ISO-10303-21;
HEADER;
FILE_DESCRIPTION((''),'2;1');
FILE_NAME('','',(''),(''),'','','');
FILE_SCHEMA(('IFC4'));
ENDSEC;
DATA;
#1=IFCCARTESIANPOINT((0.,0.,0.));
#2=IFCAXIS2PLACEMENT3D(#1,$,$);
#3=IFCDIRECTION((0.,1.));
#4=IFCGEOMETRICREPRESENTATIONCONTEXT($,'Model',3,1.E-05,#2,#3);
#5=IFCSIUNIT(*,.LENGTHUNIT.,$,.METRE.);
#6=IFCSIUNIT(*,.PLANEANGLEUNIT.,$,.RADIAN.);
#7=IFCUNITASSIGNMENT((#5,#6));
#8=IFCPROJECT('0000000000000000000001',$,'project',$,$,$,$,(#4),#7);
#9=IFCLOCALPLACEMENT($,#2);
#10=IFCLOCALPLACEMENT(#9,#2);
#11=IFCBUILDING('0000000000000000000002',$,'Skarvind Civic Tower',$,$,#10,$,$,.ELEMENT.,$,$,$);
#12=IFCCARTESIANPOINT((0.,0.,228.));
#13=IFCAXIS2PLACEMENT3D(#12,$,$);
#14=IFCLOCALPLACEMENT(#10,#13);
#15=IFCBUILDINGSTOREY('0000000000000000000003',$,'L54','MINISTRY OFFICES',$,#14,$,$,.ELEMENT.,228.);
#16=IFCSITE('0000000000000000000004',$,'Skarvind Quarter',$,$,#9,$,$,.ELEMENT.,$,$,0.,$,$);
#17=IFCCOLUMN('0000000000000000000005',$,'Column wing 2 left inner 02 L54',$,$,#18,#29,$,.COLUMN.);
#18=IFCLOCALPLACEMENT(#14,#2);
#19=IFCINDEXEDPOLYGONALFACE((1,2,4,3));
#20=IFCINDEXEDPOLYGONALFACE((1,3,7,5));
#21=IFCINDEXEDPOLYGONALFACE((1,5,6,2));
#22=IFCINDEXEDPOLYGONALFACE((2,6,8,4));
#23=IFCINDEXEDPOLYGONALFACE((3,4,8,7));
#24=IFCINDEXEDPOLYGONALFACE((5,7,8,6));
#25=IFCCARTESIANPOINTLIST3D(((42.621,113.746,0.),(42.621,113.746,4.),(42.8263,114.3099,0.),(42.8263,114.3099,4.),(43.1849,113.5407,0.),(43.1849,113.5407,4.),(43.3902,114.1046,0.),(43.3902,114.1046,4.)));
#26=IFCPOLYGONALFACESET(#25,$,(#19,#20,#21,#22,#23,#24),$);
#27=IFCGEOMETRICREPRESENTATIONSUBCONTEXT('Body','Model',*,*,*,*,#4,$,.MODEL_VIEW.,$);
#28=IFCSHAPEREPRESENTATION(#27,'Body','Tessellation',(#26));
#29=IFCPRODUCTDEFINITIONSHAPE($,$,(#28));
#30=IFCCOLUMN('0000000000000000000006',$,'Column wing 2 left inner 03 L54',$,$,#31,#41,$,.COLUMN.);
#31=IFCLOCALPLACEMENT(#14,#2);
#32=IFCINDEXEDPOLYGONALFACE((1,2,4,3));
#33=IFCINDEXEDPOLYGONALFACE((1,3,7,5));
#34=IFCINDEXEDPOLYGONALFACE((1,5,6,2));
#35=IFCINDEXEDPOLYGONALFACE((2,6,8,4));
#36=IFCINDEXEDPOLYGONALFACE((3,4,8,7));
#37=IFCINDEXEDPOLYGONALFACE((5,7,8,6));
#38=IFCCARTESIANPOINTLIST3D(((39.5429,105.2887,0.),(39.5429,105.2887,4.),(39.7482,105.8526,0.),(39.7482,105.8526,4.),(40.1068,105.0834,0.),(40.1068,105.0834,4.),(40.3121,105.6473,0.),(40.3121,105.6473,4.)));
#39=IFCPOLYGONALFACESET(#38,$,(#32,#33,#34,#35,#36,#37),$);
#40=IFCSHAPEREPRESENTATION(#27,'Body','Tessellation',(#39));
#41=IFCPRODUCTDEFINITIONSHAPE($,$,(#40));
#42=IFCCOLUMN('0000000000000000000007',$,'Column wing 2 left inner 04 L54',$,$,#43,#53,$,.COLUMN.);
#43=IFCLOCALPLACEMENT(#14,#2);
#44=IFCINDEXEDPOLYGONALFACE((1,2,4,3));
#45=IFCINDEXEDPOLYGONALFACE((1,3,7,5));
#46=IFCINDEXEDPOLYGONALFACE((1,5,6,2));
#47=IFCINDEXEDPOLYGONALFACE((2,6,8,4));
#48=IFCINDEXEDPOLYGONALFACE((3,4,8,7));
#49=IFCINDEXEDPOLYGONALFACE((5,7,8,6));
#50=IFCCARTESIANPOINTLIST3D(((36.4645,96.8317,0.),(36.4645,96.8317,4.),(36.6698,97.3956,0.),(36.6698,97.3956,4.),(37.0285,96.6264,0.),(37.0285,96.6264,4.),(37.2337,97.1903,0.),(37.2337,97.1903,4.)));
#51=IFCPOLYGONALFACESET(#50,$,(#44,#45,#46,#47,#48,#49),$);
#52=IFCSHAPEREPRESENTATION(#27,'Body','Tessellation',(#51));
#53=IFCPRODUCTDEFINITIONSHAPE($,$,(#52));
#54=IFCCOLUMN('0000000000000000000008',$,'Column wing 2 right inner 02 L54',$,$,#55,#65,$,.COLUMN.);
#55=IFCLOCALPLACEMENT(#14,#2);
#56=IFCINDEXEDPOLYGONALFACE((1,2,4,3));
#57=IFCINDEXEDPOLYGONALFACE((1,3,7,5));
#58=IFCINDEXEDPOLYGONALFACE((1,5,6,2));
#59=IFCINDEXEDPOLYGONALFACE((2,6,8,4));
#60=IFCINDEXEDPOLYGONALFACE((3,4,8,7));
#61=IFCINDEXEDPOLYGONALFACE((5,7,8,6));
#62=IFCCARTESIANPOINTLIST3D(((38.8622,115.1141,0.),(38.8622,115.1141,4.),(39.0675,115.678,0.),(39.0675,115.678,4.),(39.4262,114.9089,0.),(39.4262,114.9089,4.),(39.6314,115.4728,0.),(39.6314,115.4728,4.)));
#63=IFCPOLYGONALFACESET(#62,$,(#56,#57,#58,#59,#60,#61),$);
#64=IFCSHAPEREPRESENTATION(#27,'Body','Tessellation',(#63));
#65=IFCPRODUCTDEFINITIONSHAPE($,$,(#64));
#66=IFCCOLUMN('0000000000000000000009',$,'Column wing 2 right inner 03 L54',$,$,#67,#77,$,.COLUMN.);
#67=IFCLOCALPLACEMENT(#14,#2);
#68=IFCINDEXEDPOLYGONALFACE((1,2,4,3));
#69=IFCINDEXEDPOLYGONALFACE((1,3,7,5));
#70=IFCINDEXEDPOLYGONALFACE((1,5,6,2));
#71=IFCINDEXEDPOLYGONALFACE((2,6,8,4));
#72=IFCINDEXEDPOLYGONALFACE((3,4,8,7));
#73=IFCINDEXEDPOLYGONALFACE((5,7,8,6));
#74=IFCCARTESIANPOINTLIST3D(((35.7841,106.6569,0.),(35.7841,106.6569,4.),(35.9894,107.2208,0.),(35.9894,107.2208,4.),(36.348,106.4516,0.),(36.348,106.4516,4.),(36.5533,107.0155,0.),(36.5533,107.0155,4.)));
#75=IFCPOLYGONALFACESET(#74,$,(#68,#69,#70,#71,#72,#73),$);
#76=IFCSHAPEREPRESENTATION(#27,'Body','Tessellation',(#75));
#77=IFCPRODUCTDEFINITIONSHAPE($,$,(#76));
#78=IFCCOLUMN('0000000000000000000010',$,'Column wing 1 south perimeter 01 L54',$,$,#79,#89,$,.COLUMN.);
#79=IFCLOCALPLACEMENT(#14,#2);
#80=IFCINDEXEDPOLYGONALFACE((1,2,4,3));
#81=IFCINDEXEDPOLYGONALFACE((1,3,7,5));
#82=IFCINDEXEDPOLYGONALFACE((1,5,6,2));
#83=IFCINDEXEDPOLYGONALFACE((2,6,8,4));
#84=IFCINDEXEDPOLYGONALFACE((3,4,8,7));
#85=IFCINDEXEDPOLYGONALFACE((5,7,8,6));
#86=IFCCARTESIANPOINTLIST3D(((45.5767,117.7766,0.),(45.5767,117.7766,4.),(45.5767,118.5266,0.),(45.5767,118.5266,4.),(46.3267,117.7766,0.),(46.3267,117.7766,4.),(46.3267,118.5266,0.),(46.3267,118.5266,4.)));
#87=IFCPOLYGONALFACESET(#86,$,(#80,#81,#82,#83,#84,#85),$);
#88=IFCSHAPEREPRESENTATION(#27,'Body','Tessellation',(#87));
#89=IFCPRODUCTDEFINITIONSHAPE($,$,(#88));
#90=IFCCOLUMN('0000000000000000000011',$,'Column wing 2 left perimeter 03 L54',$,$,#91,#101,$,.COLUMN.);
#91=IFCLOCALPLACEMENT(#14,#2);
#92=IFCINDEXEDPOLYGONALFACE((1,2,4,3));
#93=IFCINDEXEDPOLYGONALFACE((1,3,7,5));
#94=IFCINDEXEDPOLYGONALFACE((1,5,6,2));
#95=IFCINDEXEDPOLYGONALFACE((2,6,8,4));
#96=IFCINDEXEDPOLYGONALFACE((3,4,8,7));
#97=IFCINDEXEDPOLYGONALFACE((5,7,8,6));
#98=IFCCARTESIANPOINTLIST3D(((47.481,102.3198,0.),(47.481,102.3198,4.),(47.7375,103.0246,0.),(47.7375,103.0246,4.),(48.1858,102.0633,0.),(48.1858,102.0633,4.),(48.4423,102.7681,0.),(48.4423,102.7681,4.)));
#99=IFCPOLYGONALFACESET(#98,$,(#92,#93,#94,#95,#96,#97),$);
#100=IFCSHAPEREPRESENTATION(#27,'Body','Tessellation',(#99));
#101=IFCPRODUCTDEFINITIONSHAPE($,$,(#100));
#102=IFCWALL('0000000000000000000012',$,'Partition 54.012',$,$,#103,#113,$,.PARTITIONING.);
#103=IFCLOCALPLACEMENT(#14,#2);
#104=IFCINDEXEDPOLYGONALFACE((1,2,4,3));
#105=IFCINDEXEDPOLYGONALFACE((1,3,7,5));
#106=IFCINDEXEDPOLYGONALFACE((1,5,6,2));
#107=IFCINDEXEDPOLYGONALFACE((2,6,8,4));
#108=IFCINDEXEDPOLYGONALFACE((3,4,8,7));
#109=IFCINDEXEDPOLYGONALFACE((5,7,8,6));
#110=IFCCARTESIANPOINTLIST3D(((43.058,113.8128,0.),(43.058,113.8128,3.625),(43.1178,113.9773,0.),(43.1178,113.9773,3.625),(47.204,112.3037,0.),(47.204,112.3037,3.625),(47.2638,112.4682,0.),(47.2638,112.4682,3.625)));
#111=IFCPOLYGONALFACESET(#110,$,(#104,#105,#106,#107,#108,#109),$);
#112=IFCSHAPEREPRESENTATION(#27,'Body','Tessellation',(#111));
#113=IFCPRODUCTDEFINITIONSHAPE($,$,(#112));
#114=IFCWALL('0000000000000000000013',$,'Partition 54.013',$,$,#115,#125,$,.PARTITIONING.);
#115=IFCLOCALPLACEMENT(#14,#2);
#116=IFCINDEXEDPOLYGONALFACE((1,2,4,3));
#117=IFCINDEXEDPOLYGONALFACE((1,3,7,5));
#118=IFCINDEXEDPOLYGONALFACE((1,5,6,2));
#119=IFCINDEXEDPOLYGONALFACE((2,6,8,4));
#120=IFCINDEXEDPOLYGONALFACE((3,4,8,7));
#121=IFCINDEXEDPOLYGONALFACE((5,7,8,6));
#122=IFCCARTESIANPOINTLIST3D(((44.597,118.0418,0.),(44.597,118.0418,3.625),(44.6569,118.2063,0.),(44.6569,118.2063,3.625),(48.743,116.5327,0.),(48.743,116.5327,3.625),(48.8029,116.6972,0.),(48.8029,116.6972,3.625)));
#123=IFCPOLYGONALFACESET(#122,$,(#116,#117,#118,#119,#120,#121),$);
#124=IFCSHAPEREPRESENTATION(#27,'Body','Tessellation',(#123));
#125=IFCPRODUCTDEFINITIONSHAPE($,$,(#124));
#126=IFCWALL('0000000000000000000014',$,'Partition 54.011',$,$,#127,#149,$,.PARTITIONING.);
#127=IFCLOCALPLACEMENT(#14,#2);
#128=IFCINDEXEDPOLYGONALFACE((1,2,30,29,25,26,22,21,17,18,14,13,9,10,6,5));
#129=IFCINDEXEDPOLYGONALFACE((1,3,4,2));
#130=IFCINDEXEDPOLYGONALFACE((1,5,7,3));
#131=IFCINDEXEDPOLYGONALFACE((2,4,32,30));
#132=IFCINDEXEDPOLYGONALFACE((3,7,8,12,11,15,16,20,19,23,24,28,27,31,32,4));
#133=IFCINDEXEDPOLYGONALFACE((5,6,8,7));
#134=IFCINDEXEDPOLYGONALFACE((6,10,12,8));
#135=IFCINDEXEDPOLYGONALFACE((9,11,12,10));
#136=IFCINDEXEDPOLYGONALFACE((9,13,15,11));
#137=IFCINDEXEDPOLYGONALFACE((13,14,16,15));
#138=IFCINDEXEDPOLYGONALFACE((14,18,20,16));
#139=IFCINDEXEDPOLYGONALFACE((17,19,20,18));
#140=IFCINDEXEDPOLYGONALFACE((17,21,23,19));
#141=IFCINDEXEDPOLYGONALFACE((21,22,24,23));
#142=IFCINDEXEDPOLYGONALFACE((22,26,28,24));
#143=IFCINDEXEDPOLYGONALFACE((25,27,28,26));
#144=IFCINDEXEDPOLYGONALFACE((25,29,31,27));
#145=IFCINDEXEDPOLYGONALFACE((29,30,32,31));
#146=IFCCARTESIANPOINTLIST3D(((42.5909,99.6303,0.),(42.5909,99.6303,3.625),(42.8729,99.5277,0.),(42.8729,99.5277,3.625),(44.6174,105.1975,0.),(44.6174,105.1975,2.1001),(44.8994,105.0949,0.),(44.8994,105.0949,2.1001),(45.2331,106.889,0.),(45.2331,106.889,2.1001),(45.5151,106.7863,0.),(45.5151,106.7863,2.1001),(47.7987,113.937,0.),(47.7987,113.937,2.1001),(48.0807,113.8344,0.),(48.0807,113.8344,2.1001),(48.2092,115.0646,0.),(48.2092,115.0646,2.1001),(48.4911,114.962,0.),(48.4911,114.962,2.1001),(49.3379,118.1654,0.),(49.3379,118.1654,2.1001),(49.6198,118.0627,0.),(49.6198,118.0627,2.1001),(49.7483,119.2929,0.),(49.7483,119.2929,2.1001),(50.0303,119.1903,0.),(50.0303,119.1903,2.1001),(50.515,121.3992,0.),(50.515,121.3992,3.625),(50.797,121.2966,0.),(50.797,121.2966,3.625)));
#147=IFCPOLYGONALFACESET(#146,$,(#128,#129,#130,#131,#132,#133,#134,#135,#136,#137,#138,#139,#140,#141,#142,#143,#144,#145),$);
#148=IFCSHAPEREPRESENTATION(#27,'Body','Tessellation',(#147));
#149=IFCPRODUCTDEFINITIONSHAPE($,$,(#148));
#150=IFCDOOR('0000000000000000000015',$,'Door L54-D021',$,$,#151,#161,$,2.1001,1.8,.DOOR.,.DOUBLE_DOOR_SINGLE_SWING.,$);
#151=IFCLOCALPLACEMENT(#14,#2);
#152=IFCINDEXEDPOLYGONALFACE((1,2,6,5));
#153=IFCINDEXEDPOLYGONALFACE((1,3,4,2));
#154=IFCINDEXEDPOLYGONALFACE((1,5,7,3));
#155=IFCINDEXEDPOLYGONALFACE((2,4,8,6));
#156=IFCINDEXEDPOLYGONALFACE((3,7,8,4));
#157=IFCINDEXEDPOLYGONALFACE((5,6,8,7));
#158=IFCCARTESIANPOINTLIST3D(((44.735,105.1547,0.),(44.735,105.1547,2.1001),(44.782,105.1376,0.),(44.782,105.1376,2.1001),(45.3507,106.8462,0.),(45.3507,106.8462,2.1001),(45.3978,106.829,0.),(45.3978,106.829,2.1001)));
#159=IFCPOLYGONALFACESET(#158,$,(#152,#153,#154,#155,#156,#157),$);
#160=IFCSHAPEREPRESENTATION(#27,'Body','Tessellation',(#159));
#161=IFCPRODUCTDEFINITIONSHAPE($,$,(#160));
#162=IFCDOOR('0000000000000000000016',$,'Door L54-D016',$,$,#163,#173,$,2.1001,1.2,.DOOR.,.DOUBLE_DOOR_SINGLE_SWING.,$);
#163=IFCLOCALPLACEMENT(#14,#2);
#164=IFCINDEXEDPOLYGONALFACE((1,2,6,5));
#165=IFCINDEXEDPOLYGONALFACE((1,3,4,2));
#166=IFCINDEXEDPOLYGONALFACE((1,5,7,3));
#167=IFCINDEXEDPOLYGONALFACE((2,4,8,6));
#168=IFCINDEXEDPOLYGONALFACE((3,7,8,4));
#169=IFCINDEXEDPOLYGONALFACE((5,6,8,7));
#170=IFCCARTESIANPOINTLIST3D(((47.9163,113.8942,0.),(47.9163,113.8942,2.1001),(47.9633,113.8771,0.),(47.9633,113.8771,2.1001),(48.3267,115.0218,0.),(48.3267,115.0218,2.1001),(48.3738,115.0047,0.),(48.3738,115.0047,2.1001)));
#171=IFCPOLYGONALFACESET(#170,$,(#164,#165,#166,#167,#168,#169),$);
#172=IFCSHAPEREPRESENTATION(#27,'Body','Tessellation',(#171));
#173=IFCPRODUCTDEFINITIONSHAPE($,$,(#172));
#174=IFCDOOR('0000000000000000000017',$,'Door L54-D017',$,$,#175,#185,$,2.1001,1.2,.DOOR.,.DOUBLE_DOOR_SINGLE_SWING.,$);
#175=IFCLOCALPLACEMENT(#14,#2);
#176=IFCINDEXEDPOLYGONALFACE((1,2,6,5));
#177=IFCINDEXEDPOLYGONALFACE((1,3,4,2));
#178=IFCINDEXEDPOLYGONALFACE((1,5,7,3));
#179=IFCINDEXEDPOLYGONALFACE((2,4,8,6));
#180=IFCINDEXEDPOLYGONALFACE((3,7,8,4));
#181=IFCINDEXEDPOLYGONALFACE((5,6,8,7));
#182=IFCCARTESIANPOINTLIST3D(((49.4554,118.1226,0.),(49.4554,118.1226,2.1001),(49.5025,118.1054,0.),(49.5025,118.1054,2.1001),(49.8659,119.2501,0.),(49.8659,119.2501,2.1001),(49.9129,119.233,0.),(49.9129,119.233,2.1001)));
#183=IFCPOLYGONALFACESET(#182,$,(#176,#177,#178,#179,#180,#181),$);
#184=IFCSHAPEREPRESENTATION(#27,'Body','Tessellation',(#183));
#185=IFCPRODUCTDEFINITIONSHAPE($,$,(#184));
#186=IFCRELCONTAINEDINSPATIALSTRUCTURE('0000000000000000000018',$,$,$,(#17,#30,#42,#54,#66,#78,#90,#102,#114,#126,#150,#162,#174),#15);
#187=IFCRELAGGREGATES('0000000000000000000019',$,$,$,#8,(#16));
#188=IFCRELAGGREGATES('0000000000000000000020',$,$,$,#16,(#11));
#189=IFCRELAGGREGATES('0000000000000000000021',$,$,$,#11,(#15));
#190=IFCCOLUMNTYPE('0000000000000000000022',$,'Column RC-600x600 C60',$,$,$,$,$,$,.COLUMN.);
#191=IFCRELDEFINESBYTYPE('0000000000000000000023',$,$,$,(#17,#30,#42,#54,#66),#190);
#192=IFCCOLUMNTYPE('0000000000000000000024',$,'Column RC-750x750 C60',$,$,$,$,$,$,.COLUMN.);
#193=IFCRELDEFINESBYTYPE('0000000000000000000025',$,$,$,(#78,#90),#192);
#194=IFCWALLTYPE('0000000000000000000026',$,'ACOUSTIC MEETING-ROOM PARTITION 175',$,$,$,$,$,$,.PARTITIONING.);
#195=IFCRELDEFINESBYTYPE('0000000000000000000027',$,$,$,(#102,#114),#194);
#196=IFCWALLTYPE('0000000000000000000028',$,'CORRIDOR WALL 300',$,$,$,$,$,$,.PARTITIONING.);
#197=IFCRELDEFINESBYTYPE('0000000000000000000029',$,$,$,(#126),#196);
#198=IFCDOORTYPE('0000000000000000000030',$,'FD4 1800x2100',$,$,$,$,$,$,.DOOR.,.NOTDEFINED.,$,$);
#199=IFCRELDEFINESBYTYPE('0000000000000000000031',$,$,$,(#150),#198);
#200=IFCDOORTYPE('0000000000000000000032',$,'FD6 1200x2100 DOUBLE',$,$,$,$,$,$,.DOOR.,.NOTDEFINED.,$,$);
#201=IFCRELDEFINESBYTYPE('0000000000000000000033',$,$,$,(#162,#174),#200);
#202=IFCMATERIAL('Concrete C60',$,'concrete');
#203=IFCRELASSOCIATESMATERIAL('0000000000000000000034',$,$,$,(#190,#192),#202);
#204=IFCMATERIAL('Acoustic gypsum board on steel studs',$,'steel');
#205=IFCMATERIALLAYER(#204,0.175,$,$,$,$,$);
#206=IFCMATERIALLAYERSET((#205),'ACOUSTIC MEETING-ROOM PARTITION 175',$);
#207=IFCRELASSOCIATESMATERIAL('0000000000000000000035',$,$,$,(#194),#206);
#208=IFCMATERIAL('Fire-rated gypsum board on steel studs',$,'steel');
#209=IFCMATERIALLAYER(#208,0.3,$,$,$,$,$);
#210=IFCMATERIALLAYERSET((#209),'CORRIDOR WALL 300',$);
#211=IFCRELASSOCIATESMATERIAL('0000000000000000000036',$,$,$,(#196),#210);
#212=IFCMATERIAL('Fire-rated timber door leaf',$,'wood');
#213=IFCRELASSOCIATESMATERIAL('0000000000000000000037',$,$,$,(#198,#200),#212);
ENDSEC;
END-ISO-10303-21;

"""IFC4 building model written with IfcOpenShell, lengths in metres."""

from ifc_helpers import new_model, si_unit, direction, frame, frame_2d, origin, origin_2d, place, context, subcontext, project, spatial, rectangle, extrude, material, layer, layer_set, material_profile, profile_set, type_object, element, fill, save


model = new_model("IFC4")

# Units and contexts
model_context = context("Model", 3, precision=1e-05, world=origin(), true_north=direction((0.0, 1.0)))
body_context = subcontext(model_context, "Body", "Model", "MODEL_VIEW")
ifc_project = project(units=[si_unit("LENGTHUNIT", "METRE"), si_unit("PLANEANGLEUNIT", "RADIAN")], contexts=[model_context])

# Site, building, storey
site_placement = place(None, origin())
site = spatial("IfcSite", under=ifc_project, at=site_placement, Name="Skarvind Quarter", CompositionType="ELEMENT", RefElevation=0.0)
building_placement = place(site_placement, origin())
building = spatial("IfcBuilding", under=site, at=building_placement, Name="Skarvind Civic Tower", CompositionType="ELEMENT")
storey_placement = place(building_placement, frame((0.0, 0.0, 228.0)))
storey = spatial("IfcBuildingStorey", under=building, at=storey_placement, Name="L54", Description="MINISTRY OFFICES", CompositionType="ELEMENT", Elevation=228.0)

# Columns
ifc_material_1 = material(Name="Concrete C60", Category="concrete")
ifc_material_profile_1 = material_profile(ifc_material_1, rectangle(XDim=0.6001, YDim=0.6001, at=origin_2d()), Name="RC-600x600")
ifc_profile_set_1 = profile_set([ifc_material_profile_1], Name="Concrete C60")
column_type_1 = type_object("IfcColumnType", Name="Column RC-600x600 C60", PredefinedType="COLUMN", material=ifc_profile_set_1)
for number, where, z_axis, x_axis, name in (
    (1, (43.0056, 113.9253, 0.0), (0.0, 0.0, 1.0), (-0.34202, -0.939693, 0.0), "Column wing 2 left inner 02 L54"),
    (2, (39.9275, 105.468, 0.0), (0.0, 0.0, 1.0), (-0.34202, -0.939693, 0.0), "Column wing 2 left inner 03 L54"),
    (3, (36.8491, 97.011, 0.0), (0.0, 0.0, 1.0), (-0.34202, -0.939693, 0.0), "Column wing 2 left inner 04 L54"),
    (4, (39.2468, 115.2935, 0.0), (0.0, 0.0, 1.0), (-0.34202, -0.939693, 0.0), "Column wing 2 right inner 02 L54"),
    (5, (36.1687, 106.8362, 0.0), (0.0, 0.0, 1.0), (-0.34202, -0.939693, 0.0), "Column wing 2 right inner 03 L54"),
):
    element("IfcColumn", number, at=place(storey_placement, frame(where, z_axis=z_axis, x_axis=x_axis)), inside=storey, type_object=column_type_1, Name=name, PredefinedType="COLUMN", context=body_context, shape_type="SweptSolid", body=[
        extrude(rectangle(XDim=0.6001, YDim=0.6001, at=origin_2d()), origin(), (0.0, 0.0, 1.0), 4.0),
    ])
ifc_material_profile_2 = material_profile(ifc_material_1, rectangle(XDim=0.75, YDim=0.75, at=origin_2d()), Name="RC-750x750")
ifc_profile_set_2 = profile_set([ifc_material_profile_2], Name="Concrete C60")
column_type_2 = type_object("IfcColumnType", Name="Column RC-750x750 C60", PredefinedType="COLUMN", material=ifc_profile_set_2)
for number, where, z_axis, x_axis, name in (
    (6, (45.9517, 118.1516, 0.0), (0.0, 0.0, 1.0), (1.0, 0.0, 0.0), "Column wing 1 south perimeter 01 L54"),
    (7, (47.9617, 102.5439, 0.0), (0.0, 0.0, 1.0), (-0.34202, -0.939693, 0.0), "Column wing 2 left perimeter 03 L54"),
):
    element("IfcColumn", number, at=place(storey_placement, frame(where, z_axis=z_axis, x_axis=x_axis)), inside=storey, type_object=column_type_2, Name=name, PredefinedType="COLUMN", context=body_context, shape_type="SweptSolid", body=[
        extrude(rectangle(XDim=0.75, YDim=0.75, at=origin_2d()), origin(), (0.0, 0.0, 1.0), 4.0),
    ])

# Walls
ifc_material_2 = material(Name="Acoustic gypsum board on steel studs", Category="steel")
ifc_layer_1 = layer(ifc_material_2, 0.175)
ifc_layer_set_1 = layer_set([ifc_layer_1], Name="ACOUSTIC MEETING-ROOM PARTITION 175")
wall_type_1 = type_object("IfcWallType", Name="ACOUSTIC MEETING-ROOM PARTITION 175", PredefinedType="PARTITIONING", material=ifc_layer_set_1)
for number, where, z_axis, x_axis, name in (
    (8, (43.0879, 113.895, 0.0), (0.0, 0.0, 1.0), (0.939692, -0.342023, 0.0), "Partition 54.012"),
    (9, (44.627, 118.124, 0.0), (0.0, 0.0, 1.0), (0.939692, -0.342023, 0.0), "Partition 54.013"),
):
    element("IfcWall", number, at=place(storey_placement, frame(where, z_axis=z_axis, x_axis=x_axis)), inside=storey, type_object=wall_type_1, Name=name, PredefinedType="PARTITIONING", context=body_context, shape_type="SweptSolid", body=[
        extrude(rectangle(XDim=4.4121, YDim=0.175, at=frame_2d((2.2061, 0.0))), origin(), (0.0, 0.0, 1.0), 3.625),
    ])

# Wall, openings, doors
ifc_material_3 = material(Name="Fire-rated gypsum board on steel studs", Category="steel")
ifc_layer_2 = layer(ifc_material_3, 0.3)
ifc_layer_set_2 = layer_set([ifc_layer_2], Name="CORRIDOR WALL 300")
wall_type_2 = type_object("IfcWallType", Name="CORRIDOR WALL 300", PredefinedType="PARTITIONING", material=ifc_layer_set_2)
wall_1_placement = place(storey_placement, frame((42.7319, 99.5791, 0.0), z_axis=(0.0, 0.0, 1.0), x_axis=(0.342054, 0.93968, 0.0)))
wall_1 = element("IfcWall", 10, at=wall_1_placement, inside=storey, type_object=wall_type_2, Name="Partition 54.011", PredefinedType="PARTITIONING", context=body_context, shape_type="SweptSolid", body=[
    extrude(rectangle(XDim=23.1663, YDim=0.3, at=frame_2d((11.583, 0.0))), origin(), (0.0, 0.0, 1.0), 3.625),
])
opening_1_placement = place(wall_1_placement, frame((15.2249, 0.0, 0.0)))
opening_1 = element("IfcOpeningElement", 11, at=opening_1_placement, cuts=wall_1, PredefinedType="OPENING", context=body_context, shape_type="SweptSolid", body=[
    extrude(rectangle(XDim=1.2, YDim=2.1001, at=frame_2d((0.6001, 1.05))), frame((0.0, 0.1599, 0.0), z_axis=(0.0, -1.0, 0.0), x_axis=(1.0, 0.0, 0.0)), (0.0, 0.0, 1.0), 0.3201),
])
opening_2_placement = place(wall_1_placement, frame((19.7246, 0.0, 0.0)))
opening_2 = element("IfcOpeningElement", 12, at=opening_2_placement, cuts=wall_1, PredefinedType="OPENING", context=body_context, shape_type="SweptSolid", body=[
    extrude(rectangle(XDim=1.2, YDim=2.1001, at=frame_2d((0.6001, 1.05))), frame((0.0, 0.1599, 0.0), z_axis=(0.0, -1.0, 0.0), x_axis=(1.0, 0.0, 0.0)), (0.0, 0.0, 1.0), 0.3201),
])
opening_3_placement = place(wall_1_placement, frame((5.9246, 0.0, 0.0)))
opening_3 = element("IfcOpeningElement", 13, at=opening_3_placement, cuts=wall_1, PredefinedType="OPENING", context=body_context, shape_type="SweptSolid", body=[
    extrude(rectangle(XDim=1.8, YDim=2.1001, at=frame_2d((0.8999, 1.05))), frame((0.0, 0.1599, 0.0), z_axis=(0.0, -1.0, 0.0), x_axis=(1.0, 0.0, 0.0)), (0.0, 0.0, 1.0), 0.3201),
])
ifc_material_4 = material(Name="Fire-rated timber door leaf", Category="wood")
door_type_1 = type_object("IfcDoorType", Name="FD4 1800x2100", OperationType="NOTDEFINED", PredefinedType="DOOR", material=ifc_material_4)
door_1_placement = place(opening_3_placement, origin())
door_1 = element("IfcDoor", 14, at=door_1_placement, inside=storey, type_object=door_type_1, Name="Door L54-D021", OperationType="DOUBLE_DOOR_SINGLE_SWING", OverallHeight=2.1001, OverallWidth=1.8, PredefinedType="DOOR", context=body_context, shape_type="SweptSolid", body=[
    extrude(rectangle(XDim=1.8, YDim=2.1001, at=frame_2d((0.8999, 1.05))), frame((0.0, 0.0249, 0.0), z_axis=(0.0, -1.0, 0.0), x_axis=(1.0, 0.0, 0.0)), (0.0, 0.0, 1.0), 0.05),
])
fill(opening_3, door_1)
door_type_2 = type_object("IfcDoorType", Name="FD6 1200x2100 DOUBLE", OperationType="NOTDEFINED", PredefinedType="DOOR", material=ifc_material_4)
door_2_placement = place(opening_1_placement, origin())
door_2 = element("IfcDoor", 15, at=door_2_placement, inside=storey, type_object=door_type_2, Name="Door L54-D016", OperationType="DOUBLE_DOOR_SINGLE_SWING", OverallHeight=2.1001, OverallWidth=1.2, PredefinedType="DOOR", context=body_context, shape_type="SweptSolid", body=[
    extrude(rectangle(XDim=1.2, YDim=2.1001, at=frame_2d((0.6001, 1.05))), frame((0.0, 0.0249, 0.0), z_axis=(0.0, -1.0, 0.0), x_axis=(1.0, 0.0, 0.0)), (0.0, 0.0, 1.0), 0.05),
])
fill(opening_1, door_2)
door_3_placement = place(opening_2_placement, origin())
door_3 = element("IfcDoor", 16, at=door_3_placement, inside=storey, type_object=door_type_2, Name="Door L54-D017", OperationType="DOUBLE_DOOR_SINGLE_SWING", OverallHeight=2.1001, OverallWidth=1.2, PredefinedType="DOOR", context=body_context, shape_type="SweptSolid", body=[
    extrude(rectangle(XDim=1.2, YDim=2.1001, at=frame_2d((0.6001, 1.05))), frame((0.0, 0.0249, 0.0), z_axis=(0.0, -1.0, 0.0), x_axis=(1.0, 0.0, 0.0)), (0.0, 0.0, 1.0), 0.05),
])
fill(opening_2, door_3)

save(model, "model.ifc")
